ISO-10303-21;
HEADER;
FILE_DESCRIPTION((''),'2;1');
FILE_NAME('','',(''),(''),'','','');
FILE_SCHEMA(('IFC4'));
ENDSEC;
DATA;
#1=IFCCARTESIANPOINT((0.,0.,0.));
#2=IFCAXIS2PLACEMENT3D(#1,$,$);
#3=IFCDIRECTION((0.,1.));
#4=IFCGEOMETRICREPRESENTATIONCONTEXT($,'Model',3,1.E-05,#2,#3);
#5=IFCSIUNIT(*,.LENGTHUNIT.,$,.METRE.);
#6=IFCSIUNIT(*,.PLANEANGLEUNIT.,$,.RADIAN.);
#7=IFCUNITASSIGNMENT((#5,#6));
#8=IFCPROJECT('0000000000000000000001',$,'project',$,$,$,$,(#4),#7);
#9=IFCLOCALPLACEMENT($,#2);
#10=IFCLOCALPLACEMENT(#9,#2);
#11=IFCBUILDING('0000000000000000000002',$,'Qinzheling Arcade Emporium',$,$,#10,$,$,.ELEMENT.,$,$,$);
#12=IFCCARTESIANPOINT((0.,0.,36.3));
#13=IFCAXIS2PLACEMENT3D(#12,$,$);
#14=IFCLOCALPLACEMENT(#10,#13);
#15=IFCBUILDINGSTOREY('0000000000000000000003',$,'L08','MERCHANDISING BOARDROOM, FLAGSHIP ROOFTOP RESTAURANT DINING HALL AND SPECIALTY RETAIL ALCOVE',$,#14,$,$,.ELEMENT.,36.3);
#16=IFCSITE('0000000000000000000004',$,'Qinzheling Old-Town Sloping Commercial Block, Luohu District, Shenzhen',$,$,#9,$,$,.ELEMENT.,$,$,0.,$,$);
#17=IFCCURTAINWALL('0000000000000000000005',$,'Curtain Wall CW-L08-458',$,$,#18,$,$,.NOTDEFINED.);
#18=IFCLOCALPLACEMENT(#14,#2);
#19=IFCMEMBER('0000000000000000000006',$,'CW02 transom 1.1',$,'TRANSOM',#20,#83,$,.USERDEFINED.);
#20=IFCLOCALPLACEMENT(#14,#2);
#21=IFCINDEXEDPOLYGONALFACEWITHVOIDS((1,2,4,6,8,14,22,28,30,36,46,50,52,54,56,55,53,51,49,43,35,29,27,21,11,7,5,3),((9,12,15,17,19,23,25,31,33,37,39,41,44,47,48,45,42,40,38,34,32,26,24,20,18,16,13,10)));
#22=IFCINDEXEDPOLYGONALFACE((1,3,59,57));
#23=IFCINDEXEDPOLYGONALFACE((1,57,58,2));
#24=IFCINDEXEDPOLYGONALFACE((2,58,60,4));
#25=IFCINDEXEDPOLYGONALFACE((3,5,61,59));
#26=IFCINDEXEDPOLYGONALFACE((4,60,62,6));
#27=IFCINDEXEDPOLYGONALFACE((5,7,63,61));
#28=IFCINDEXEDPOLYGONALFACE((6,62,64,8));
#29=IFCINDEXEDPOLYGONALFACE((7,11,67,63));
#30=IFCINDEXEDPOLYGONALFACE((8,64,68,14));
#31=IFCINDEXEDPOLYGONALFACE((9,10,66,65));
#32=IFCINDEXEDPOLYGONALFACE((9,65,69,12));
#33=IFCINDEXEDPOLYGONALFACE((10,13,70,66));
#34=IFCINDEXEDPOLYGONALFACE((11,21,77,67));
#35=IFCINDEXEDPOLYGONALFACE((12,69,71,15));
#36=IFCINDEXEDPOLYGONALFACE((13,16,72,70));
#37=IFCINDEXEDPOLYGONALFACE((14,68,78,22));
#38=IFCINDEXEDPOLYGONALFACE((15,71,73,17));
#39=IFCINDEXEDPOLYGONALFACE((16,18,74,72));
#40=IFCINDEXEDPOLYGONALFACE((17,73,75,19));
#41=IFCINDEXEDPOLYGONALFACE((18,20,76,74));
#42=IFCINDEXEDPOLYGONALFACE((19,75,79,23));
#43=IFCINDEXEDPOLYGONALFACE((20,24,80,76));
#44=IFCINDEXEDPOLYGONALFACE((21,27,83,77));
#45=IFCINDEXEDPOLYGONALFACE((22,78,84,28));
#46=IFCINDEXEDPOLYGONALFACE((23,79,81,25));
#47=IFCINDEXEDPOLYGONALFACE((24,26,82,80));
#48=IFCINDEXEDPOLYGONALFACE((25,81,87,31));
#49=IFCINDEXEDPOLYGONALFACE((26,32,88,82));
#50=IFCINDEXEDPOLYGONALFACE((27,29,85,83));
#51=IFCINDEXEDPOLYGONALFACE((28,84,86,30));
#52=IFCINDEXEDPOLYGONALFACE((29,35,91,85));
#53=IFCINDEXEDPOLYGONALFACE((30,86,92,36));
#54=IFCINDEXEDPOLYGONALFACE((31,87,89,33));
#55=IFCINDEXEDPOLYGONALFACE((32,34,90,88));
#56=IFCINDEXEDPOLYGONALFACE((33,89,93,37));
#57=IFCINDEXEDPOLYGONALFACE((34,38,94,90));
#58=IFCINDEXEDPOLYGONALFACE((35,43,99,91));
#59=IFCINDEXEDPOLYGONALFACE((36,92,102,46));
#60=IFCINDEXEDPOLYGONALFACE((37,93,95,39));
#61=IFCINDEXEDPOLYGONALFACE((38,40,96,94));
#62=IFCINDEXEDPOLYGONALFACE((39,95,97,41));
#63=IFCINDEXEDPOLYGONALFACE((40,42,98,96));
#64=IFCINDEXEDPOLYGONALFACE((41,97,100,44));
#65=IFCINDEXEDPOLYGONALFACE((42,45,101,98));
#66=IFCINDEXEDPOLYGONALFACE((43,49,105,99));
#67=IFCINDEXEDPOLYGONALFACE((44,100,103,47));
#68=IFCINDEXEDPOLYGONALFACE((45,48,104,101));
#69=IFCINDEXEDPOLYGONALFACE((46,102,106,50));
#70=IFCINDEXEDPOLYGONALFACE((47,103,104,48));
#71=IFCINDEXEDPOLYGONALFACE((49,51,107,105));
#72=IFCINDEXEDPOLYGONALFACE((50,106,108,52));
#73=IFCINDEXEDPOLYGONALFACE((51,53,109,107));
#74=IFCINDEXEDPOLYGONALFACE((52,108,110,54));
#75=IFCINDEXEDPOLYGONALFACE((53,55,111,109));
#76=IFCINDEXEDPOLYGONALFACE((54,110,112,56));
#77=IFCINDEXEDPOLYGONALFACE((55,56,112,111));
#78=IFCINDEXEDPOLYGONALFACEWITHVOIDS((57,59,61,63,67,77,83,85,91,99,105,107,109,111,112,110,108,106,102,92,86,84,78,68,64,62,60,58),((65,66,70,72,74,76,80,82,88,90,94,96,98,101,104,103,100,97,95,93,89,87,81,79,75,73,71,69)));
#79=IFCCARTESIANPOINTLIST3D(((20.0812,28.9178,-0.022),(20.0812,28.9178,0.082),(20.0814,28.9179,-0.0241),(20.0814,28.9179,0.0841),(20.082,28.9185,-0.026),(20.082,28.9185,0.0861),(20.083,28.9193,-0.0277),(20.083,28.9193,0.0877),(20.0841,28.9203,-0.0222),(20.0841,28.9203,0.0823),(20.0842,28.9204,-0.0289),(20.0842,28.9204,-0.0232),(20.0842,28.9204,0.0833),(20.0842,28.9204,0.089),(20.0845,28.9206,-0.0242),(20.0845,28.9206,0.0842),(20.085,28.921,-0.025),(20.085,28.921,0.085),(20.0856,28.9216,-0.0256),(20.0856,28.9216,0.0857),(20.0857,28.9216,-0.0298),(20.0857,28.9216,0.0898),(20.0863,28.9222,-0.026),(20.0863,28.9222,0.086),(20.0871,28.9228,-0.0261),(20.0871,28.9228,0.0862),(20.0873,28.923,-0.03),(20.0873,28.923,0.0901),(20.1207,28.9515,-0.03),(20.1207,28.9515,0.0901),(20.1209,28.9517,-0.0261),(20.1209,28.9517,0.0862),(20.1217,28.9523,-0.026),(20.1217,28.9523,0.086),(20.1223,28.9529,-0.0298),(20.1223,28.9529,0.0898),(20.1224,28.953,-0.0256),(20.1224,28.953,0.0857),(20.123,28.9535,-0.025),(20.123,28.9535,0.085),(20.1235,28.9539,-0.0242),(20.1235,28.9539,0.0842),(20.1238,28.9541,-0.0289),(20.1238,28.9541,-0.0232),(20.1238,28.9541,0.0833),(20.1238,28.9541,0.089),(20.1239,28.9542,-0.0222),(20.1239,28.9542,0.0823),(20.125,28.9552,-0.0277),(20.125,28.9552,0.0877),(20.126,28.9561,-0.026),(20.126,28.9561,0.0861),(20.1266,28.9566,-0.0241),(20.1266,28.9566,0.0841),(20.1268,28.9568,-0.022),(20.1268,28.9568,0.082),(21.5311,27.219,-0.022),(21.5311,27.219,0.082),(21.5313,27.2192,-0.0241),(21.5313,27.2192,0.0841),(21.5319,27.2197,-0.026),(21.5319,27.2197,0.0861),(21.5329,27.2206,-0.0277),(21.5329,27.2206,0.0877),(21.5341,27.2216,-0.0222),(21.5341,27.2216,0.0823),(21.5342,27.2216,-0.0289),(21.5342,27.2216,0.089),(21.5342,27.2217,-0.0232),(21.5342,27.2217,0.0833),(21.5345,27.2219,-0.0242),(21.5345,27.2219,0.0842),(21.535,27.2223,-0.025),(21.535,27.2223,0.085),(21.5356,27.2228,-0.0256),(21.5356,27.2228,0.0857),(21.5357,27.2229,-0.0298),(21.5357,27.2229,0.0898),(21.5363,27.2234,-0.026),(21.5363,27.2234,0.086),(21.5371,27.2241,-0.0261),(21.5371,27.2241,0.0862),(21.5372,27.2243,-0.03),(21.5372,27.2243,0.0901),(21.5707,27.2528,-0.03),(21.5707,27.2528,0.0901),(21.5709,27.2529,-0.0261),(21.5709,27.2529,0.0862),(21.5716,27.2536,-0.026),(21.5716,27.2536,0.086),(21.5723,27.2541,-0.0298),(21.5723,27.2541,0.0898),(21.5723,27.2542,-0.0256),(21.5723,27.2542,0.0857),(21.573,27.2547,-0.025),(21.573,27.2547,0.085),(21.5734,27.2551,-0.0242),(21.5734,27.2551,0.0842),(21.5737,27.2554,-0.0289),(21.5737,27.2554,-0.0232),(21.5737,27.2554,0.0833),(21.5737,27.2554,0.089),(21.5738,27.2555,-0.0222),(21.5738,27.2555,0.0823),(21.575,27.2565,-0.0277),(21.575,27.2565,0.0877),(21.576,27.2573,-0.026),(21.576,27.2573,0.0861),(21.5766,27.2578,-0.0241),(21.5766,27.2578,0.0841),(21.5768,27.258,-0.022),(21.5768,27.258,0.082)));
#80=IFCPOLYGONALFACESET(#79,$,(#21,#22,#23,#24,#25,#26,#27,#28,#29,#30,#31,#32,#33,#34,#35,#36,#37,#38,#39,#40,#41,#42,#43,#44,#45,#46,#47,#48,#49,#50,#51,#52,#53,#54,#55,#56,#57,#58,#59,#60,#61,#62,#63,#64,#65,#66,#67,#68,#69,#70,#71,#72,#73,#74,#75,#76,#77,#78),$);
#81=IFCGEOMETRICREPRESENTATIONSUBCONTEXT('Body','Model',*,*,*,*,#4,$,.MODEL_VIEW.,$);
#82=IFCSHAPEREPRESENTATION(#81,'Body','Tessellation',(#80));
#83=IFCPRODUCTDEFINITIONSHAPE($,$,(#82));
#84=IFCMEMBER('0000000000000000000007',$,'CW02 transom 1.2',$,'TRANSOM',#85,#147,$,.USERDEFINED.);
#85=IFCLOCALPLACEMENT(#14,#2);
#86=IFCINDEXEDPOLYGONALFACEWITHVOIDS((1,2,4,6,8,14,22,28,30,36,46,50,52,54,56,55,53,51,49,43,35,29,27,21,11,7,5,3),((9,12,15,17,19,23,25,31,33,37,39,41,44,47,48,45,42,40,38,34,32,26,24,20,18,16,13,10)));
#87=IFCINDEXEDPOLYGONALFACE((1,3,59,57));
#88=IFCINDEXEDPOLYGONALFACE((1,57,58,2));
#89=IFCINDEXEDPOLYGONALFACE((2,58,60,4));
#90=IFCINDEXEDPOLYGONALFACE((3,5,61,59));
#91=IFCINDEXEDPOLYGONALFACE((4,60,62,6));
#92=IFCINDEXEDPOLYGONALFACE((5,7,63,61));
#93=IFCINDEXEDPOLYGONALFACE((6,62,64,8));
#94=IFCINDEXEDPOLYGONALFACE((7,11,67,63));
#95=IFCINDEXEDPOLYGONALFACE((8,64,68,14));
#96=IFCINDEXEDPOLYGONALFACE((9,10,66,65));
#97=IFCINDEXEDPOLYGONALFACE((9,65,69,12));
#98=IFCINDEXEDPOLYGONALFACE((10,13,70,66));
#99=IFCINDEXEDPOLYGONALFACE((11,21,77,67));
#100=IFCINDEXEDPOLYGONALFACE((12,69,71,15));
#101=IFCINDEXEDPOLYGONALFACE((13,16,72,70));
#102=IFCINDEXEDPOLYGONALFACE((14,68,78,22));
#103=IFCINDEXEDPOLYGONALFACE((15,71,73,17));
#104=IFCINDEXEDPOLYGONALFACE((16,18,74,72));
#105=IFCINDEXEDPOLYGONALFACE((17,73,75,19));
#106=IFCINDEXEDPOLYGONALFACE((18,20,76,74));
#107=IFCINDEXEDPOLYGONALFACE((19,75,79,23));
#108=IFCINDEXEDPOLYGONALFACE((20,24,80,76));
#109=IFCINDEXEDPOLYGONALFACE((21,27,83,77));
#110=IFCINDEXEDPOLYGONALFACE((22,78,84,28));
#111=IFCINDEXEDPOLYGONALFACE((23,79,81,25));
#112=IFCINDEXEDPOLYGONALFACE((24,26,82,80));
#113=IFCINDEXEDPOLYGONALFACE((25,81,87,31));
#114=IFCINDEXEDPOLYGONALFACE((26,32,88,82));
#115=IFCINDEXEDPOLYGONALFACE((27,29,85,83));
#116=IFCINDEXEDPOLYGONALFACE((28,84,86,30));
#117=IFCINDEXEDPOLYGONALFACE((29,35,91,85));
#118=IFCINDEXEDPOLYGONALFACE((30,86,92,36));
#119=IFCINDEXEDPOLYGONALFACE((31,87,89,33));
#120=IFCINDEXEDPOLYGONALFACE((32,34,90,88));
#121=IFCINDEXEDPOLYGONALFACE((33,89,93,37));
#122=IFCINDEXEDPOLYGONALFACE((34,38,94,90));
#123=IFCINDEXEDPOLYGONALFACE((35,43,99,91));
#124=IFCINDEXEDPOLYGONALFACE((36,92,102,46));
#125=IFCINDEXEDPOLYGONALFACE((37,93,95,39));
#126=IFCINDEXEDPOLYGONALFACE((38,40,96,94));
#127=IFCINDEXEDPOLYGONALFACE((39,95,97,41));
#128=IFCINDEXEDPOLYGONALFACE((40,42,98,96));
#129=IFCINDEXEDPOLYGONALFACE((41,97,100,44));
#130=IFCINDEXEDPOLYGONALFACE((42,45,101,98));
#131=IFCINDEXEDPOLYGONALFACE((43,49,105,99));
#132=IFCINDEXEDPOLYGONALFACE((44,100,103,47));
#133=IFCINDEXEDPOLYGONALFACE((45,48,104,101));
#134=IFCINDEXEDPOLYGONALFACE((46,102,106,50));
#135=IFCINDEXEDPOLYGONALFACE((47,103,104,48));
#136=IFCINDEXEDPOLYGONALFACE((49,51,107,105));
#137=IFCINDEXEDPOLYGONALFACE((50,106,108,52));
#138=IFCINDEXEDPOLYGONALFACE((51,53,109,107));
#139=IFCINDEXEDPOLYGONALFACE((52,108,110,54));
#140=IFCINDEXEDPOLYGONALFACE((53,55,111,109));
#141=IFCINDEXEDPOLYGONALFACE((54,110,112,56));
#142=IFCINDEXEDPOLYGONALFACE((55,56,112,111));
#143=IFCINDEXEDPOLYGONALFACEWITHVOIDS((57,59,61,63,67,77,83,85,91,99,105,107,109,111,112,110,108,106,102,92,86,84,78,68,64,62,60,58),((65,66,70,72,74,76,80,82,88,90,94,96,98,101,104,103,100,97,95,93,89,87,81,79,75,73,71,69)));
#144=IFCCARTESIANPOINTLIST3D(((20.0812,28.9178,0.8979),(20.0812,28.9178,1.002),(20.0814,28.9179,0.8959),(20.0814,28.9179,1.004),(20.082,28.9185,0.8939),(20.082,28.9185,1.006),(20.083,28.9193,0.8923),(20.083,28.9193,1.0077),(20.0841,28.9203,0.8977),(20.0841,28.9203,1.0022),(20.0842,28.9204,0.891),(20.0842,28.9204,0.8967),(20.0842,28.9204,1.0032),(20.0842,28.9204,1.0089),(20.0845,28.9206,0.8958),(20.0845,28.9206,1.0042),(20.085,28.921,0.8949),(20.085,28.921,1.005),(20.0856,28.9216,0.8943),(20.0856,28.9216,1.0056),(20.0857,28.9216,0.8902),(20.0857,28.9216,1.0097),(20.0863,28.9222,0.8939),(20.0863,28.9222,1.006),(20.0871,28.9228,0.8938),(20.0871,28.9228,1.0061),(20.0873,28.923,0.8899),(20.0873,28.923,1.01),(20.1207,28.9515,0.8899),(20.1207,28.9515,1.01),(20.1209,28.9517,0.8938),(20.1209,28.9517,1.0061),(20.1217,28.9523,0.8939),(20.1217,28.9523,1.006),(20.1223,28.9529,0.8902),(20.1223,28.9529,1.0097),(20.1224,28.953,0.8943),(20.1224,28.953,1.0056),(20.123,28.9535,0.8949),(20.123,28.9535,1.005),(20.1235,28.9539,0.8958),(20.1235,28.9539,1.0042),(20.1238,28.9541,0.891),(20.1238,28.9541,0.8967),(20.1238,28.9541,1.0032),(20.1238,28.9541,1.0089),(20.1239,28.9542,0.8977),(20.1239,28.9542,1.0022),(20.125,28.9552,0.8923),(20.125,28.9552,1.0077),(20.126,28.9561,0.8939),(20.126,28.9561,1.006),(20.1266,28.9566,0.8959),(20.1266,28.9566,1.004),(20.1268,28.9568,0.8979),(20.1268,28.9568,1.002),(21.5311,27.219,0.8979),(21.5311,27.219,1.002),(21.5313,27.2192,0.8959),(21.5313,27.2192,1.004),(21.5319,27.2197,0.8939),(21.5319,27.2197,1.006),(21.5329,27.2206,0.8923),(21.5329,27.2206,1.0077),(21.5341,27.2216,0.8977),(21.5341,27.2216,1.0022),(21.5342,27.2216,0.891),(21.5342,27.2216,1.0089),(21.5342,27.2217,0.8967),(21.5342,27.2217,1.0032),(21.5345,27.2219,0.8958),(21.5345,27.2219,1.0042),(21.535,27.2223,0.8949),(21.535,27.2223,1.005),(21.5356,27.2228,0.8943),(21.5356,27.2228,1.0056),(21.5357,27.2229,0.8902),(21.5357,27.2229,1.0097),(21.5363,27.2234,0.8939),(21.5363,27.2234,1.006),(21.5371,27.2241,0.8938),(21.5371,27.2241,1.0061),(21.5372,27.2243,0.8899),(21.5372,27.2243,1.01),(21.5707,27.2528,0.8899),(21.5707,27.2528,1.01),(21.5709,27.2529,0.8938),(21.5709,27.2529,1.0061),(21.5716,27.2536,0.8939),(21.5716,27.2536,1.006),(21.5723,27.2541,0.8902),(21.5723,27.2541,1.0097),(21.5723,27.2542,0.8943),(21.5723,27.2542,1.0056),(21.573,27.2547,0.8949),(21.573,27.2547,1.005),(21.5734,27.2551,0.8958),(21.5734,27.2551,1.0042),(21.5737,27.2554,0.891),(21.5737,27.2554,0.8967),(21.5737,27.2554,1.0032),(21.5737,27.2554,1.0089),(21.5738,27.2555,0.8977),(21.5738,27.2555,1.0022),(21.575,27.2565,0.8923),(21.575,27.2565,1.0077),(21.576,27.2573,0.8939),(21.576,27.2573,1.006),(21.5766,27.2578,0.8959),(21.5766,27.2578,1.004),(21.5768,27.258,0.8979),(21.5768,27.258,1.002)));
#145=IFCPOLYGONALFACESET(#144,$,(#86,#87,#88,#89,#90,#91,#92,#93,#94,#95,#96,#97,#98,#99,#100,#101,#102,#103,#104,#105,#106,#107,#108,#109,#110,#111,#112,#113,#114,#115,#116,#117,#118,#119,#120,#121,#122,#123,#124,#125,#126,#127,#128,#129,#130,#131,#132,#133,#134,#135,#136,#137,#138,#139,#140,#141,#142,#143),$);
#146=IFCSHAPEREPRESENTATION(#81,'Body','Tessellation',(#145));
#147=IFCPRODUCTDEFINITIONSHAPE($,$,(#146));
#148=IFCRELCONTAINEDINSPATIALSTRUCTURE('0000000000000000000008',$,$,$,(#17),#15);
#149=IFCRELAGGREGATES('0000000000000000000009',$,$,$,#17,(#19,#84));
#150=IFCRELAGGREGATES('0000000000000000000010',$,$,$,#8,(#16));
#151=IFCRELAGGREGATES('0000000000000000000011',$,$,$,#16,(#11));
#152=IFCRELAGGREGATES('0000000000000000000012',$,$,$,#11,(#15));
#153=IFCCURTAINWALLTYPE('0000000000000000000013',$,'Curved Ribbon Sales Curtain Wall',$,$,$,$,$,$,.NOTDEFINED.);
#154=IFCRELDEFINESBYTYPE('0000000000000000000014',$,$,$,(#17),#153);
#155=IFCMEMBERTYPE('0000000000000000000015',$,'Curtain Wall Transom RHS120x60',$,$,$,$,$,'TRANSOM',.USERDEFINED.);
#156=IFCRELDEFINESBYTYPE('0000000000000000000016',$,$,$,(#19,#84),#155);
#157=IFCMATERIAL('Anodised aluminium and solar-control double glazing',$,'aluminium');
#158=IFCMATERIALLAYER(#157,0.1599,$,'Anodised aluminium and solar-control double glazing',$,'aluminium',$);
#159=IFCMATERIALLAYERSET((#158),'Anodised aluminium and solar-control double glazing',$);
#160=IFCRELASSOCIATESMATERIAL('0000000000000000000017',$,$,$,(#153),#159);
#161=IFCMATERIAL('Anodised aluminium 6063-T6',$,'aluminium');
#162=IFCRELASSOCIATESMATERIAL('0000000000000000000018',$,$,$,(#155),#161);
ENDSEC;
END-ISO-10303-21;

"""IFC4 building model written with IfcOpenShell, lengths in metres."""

from ifc_helpers import new_model, si_unit, direction, frame, origin, origin_2d, place, context, subcontext, project, spatial, hollow_rectangle, extrude, material, layer, layer_set, material_profile, profile_set, type_object, element, aggregate, save


model = new_model("IFC4")

# Units and contexts
model_context = context("Model", 3, precision=1e-05, world=origin(), true_north=direction((0.0, 1.0)))
body_context = subcontext(model_context, "Body", "Model", "MODEL_VIEW")
ifc_project = project(units=[si_unit("LENGTHUNIT", "METRE"), si_unit("PLANEANGLEUNIT", "RADIAN")], contexts=[model_context])

# Site, building, storey
site_placement = place(None, origin())
site = spatial("IfcSite", under=ifc_project, at=site_placement, Name="Qinzheling Old-Town Sloping Commercial Block, Luohu District, Shenzhen", CompositionType="ELEMENT", RefElevation=0.0)
building_placement = place(site_placement, origin())
building = spatial("IfcBuilding", under=site, at=building_placement, Name="Qinzheling Arcade Emporium", CompositionType="ELEMENT")
storey_placement = place(building_placement, frame((0.0, 0.0, 36.3)))
storey = spatial("IfcBuildingStorey", under=building, at=storey_placement, Name="L08", Description="MERCHANDISING BOARDROOM, FLAGSHIP ROOFTOP RESTAURANT DINING HALL AND SPECIALTY RETAIL ALCOVE", CompositionType="ELEMENT", Elevation=36.3)

# Shared definitions
ifc_material_1 = material(Name="Anodised aluminium and solar-control double glazing", Category="aluminium")
ifc_layer_1 = layer(ifc_material_1, 0.1599, Name="Anodised aluminium and solar-control double glazing", Category="aluminium")
ifc_layer_set_1 = layer_set([ifc_layer_1], Name="Anodised aluminium and solar-control double glazing")
curtain_wall_type_1 = type_object("IfcCurtainWallType", Name="Curved Ribbon Sales Curtain Wall", PredefinedType="NOTDEFINED", material=ifc_layer_set_1)
ifc_material_2 = material(Name="Anodised aluminium 6063-T6", Category="aluminium")

# Curtain wall
curtain_wall_1_placement = place(storey_placement, origin())
curtain_wall_1 = element("IfcCurtainWall", 1, at=curtain_wall_1_placement, inside=storey, type_object=curtain_wall_type_1, Name="Curtain Wall CW-L08-458", PredefinedType="NOTDEFINED")

# Members
ifc_material_profile_1 = material_profile(ifc_material_2, hollow_rectangle(XDim=0.0601, YDim=0.1201, WallThickness=0.0039, InnerFilletRadius=0.0039, OuterFilletRadius=0.0081, at=origin_2d()), Name="RHS 120x60x4", Category="aluminium")
ifc_profile_set_1 = profile_set([ifc_material_profile_1], Name="Anodised aluminium 6063-T6")
member_type_1 = type_object("IfcMemberType", Name="Curtain Wall Transom RHS120x60", ElementType="TRANSOM", PredefinedType="USERDEFINED", material=ifc_profile_set_1)
member_1_placement = place(storey_placement, frame((21.554, 27.2385, 0.03), z_axis=(-0.649215, 0.760605, 0.0), x_axis=(-0.760605, -0.649215, 0.0)))
member_1 = element("IfcMember", 2, at=member_1_placement, type_object=member_type_1, Name="CW02 transom 1.1", ObjectType="TRANSOM", PredefinedType="USERDEFINED", context=body_context, shape_type="SweptSolid", body=[
    extrude(hollow_rectangle(XDim=0.0601, YDim=0.1201, WallThickness=0.0039, InnerFilletRadius=0.0039, OuterFilletRadius=0.0081, at=origin_2d()), origin(), (0.0, 0.0, 1.0), 2.2334),
])
member_2_placement = place(storey_placement, frame((21.554, 27.2385, 0.95), z_axis=(-0.649215, 0.760605, 0.0), x_axis=(-0.760605, -0.649215, 0.0)))
member_2 = element("IfcMember", 3, at=member_2_placement, type_object=member_type_1, Name="CW02 transom 1.2", ObjectType="TRANSOM", PredefinedType="USERDEFINED", context=body_context, shape_type="SweptSolid", body=[
    extrude(hollow_rectangle(XDim=0.0601, YDim=0.1201, WallThickness=0.0039, InnerFilletRadius=0.0039, OuterFilletRadius=0.0081, at=origin_2d()), origin(), (0.0, 0.0, 1.0), 2.2334),
])

aggregate(curtain_wall_1, [member_1, member_2])

save(model, "model.ifc")
